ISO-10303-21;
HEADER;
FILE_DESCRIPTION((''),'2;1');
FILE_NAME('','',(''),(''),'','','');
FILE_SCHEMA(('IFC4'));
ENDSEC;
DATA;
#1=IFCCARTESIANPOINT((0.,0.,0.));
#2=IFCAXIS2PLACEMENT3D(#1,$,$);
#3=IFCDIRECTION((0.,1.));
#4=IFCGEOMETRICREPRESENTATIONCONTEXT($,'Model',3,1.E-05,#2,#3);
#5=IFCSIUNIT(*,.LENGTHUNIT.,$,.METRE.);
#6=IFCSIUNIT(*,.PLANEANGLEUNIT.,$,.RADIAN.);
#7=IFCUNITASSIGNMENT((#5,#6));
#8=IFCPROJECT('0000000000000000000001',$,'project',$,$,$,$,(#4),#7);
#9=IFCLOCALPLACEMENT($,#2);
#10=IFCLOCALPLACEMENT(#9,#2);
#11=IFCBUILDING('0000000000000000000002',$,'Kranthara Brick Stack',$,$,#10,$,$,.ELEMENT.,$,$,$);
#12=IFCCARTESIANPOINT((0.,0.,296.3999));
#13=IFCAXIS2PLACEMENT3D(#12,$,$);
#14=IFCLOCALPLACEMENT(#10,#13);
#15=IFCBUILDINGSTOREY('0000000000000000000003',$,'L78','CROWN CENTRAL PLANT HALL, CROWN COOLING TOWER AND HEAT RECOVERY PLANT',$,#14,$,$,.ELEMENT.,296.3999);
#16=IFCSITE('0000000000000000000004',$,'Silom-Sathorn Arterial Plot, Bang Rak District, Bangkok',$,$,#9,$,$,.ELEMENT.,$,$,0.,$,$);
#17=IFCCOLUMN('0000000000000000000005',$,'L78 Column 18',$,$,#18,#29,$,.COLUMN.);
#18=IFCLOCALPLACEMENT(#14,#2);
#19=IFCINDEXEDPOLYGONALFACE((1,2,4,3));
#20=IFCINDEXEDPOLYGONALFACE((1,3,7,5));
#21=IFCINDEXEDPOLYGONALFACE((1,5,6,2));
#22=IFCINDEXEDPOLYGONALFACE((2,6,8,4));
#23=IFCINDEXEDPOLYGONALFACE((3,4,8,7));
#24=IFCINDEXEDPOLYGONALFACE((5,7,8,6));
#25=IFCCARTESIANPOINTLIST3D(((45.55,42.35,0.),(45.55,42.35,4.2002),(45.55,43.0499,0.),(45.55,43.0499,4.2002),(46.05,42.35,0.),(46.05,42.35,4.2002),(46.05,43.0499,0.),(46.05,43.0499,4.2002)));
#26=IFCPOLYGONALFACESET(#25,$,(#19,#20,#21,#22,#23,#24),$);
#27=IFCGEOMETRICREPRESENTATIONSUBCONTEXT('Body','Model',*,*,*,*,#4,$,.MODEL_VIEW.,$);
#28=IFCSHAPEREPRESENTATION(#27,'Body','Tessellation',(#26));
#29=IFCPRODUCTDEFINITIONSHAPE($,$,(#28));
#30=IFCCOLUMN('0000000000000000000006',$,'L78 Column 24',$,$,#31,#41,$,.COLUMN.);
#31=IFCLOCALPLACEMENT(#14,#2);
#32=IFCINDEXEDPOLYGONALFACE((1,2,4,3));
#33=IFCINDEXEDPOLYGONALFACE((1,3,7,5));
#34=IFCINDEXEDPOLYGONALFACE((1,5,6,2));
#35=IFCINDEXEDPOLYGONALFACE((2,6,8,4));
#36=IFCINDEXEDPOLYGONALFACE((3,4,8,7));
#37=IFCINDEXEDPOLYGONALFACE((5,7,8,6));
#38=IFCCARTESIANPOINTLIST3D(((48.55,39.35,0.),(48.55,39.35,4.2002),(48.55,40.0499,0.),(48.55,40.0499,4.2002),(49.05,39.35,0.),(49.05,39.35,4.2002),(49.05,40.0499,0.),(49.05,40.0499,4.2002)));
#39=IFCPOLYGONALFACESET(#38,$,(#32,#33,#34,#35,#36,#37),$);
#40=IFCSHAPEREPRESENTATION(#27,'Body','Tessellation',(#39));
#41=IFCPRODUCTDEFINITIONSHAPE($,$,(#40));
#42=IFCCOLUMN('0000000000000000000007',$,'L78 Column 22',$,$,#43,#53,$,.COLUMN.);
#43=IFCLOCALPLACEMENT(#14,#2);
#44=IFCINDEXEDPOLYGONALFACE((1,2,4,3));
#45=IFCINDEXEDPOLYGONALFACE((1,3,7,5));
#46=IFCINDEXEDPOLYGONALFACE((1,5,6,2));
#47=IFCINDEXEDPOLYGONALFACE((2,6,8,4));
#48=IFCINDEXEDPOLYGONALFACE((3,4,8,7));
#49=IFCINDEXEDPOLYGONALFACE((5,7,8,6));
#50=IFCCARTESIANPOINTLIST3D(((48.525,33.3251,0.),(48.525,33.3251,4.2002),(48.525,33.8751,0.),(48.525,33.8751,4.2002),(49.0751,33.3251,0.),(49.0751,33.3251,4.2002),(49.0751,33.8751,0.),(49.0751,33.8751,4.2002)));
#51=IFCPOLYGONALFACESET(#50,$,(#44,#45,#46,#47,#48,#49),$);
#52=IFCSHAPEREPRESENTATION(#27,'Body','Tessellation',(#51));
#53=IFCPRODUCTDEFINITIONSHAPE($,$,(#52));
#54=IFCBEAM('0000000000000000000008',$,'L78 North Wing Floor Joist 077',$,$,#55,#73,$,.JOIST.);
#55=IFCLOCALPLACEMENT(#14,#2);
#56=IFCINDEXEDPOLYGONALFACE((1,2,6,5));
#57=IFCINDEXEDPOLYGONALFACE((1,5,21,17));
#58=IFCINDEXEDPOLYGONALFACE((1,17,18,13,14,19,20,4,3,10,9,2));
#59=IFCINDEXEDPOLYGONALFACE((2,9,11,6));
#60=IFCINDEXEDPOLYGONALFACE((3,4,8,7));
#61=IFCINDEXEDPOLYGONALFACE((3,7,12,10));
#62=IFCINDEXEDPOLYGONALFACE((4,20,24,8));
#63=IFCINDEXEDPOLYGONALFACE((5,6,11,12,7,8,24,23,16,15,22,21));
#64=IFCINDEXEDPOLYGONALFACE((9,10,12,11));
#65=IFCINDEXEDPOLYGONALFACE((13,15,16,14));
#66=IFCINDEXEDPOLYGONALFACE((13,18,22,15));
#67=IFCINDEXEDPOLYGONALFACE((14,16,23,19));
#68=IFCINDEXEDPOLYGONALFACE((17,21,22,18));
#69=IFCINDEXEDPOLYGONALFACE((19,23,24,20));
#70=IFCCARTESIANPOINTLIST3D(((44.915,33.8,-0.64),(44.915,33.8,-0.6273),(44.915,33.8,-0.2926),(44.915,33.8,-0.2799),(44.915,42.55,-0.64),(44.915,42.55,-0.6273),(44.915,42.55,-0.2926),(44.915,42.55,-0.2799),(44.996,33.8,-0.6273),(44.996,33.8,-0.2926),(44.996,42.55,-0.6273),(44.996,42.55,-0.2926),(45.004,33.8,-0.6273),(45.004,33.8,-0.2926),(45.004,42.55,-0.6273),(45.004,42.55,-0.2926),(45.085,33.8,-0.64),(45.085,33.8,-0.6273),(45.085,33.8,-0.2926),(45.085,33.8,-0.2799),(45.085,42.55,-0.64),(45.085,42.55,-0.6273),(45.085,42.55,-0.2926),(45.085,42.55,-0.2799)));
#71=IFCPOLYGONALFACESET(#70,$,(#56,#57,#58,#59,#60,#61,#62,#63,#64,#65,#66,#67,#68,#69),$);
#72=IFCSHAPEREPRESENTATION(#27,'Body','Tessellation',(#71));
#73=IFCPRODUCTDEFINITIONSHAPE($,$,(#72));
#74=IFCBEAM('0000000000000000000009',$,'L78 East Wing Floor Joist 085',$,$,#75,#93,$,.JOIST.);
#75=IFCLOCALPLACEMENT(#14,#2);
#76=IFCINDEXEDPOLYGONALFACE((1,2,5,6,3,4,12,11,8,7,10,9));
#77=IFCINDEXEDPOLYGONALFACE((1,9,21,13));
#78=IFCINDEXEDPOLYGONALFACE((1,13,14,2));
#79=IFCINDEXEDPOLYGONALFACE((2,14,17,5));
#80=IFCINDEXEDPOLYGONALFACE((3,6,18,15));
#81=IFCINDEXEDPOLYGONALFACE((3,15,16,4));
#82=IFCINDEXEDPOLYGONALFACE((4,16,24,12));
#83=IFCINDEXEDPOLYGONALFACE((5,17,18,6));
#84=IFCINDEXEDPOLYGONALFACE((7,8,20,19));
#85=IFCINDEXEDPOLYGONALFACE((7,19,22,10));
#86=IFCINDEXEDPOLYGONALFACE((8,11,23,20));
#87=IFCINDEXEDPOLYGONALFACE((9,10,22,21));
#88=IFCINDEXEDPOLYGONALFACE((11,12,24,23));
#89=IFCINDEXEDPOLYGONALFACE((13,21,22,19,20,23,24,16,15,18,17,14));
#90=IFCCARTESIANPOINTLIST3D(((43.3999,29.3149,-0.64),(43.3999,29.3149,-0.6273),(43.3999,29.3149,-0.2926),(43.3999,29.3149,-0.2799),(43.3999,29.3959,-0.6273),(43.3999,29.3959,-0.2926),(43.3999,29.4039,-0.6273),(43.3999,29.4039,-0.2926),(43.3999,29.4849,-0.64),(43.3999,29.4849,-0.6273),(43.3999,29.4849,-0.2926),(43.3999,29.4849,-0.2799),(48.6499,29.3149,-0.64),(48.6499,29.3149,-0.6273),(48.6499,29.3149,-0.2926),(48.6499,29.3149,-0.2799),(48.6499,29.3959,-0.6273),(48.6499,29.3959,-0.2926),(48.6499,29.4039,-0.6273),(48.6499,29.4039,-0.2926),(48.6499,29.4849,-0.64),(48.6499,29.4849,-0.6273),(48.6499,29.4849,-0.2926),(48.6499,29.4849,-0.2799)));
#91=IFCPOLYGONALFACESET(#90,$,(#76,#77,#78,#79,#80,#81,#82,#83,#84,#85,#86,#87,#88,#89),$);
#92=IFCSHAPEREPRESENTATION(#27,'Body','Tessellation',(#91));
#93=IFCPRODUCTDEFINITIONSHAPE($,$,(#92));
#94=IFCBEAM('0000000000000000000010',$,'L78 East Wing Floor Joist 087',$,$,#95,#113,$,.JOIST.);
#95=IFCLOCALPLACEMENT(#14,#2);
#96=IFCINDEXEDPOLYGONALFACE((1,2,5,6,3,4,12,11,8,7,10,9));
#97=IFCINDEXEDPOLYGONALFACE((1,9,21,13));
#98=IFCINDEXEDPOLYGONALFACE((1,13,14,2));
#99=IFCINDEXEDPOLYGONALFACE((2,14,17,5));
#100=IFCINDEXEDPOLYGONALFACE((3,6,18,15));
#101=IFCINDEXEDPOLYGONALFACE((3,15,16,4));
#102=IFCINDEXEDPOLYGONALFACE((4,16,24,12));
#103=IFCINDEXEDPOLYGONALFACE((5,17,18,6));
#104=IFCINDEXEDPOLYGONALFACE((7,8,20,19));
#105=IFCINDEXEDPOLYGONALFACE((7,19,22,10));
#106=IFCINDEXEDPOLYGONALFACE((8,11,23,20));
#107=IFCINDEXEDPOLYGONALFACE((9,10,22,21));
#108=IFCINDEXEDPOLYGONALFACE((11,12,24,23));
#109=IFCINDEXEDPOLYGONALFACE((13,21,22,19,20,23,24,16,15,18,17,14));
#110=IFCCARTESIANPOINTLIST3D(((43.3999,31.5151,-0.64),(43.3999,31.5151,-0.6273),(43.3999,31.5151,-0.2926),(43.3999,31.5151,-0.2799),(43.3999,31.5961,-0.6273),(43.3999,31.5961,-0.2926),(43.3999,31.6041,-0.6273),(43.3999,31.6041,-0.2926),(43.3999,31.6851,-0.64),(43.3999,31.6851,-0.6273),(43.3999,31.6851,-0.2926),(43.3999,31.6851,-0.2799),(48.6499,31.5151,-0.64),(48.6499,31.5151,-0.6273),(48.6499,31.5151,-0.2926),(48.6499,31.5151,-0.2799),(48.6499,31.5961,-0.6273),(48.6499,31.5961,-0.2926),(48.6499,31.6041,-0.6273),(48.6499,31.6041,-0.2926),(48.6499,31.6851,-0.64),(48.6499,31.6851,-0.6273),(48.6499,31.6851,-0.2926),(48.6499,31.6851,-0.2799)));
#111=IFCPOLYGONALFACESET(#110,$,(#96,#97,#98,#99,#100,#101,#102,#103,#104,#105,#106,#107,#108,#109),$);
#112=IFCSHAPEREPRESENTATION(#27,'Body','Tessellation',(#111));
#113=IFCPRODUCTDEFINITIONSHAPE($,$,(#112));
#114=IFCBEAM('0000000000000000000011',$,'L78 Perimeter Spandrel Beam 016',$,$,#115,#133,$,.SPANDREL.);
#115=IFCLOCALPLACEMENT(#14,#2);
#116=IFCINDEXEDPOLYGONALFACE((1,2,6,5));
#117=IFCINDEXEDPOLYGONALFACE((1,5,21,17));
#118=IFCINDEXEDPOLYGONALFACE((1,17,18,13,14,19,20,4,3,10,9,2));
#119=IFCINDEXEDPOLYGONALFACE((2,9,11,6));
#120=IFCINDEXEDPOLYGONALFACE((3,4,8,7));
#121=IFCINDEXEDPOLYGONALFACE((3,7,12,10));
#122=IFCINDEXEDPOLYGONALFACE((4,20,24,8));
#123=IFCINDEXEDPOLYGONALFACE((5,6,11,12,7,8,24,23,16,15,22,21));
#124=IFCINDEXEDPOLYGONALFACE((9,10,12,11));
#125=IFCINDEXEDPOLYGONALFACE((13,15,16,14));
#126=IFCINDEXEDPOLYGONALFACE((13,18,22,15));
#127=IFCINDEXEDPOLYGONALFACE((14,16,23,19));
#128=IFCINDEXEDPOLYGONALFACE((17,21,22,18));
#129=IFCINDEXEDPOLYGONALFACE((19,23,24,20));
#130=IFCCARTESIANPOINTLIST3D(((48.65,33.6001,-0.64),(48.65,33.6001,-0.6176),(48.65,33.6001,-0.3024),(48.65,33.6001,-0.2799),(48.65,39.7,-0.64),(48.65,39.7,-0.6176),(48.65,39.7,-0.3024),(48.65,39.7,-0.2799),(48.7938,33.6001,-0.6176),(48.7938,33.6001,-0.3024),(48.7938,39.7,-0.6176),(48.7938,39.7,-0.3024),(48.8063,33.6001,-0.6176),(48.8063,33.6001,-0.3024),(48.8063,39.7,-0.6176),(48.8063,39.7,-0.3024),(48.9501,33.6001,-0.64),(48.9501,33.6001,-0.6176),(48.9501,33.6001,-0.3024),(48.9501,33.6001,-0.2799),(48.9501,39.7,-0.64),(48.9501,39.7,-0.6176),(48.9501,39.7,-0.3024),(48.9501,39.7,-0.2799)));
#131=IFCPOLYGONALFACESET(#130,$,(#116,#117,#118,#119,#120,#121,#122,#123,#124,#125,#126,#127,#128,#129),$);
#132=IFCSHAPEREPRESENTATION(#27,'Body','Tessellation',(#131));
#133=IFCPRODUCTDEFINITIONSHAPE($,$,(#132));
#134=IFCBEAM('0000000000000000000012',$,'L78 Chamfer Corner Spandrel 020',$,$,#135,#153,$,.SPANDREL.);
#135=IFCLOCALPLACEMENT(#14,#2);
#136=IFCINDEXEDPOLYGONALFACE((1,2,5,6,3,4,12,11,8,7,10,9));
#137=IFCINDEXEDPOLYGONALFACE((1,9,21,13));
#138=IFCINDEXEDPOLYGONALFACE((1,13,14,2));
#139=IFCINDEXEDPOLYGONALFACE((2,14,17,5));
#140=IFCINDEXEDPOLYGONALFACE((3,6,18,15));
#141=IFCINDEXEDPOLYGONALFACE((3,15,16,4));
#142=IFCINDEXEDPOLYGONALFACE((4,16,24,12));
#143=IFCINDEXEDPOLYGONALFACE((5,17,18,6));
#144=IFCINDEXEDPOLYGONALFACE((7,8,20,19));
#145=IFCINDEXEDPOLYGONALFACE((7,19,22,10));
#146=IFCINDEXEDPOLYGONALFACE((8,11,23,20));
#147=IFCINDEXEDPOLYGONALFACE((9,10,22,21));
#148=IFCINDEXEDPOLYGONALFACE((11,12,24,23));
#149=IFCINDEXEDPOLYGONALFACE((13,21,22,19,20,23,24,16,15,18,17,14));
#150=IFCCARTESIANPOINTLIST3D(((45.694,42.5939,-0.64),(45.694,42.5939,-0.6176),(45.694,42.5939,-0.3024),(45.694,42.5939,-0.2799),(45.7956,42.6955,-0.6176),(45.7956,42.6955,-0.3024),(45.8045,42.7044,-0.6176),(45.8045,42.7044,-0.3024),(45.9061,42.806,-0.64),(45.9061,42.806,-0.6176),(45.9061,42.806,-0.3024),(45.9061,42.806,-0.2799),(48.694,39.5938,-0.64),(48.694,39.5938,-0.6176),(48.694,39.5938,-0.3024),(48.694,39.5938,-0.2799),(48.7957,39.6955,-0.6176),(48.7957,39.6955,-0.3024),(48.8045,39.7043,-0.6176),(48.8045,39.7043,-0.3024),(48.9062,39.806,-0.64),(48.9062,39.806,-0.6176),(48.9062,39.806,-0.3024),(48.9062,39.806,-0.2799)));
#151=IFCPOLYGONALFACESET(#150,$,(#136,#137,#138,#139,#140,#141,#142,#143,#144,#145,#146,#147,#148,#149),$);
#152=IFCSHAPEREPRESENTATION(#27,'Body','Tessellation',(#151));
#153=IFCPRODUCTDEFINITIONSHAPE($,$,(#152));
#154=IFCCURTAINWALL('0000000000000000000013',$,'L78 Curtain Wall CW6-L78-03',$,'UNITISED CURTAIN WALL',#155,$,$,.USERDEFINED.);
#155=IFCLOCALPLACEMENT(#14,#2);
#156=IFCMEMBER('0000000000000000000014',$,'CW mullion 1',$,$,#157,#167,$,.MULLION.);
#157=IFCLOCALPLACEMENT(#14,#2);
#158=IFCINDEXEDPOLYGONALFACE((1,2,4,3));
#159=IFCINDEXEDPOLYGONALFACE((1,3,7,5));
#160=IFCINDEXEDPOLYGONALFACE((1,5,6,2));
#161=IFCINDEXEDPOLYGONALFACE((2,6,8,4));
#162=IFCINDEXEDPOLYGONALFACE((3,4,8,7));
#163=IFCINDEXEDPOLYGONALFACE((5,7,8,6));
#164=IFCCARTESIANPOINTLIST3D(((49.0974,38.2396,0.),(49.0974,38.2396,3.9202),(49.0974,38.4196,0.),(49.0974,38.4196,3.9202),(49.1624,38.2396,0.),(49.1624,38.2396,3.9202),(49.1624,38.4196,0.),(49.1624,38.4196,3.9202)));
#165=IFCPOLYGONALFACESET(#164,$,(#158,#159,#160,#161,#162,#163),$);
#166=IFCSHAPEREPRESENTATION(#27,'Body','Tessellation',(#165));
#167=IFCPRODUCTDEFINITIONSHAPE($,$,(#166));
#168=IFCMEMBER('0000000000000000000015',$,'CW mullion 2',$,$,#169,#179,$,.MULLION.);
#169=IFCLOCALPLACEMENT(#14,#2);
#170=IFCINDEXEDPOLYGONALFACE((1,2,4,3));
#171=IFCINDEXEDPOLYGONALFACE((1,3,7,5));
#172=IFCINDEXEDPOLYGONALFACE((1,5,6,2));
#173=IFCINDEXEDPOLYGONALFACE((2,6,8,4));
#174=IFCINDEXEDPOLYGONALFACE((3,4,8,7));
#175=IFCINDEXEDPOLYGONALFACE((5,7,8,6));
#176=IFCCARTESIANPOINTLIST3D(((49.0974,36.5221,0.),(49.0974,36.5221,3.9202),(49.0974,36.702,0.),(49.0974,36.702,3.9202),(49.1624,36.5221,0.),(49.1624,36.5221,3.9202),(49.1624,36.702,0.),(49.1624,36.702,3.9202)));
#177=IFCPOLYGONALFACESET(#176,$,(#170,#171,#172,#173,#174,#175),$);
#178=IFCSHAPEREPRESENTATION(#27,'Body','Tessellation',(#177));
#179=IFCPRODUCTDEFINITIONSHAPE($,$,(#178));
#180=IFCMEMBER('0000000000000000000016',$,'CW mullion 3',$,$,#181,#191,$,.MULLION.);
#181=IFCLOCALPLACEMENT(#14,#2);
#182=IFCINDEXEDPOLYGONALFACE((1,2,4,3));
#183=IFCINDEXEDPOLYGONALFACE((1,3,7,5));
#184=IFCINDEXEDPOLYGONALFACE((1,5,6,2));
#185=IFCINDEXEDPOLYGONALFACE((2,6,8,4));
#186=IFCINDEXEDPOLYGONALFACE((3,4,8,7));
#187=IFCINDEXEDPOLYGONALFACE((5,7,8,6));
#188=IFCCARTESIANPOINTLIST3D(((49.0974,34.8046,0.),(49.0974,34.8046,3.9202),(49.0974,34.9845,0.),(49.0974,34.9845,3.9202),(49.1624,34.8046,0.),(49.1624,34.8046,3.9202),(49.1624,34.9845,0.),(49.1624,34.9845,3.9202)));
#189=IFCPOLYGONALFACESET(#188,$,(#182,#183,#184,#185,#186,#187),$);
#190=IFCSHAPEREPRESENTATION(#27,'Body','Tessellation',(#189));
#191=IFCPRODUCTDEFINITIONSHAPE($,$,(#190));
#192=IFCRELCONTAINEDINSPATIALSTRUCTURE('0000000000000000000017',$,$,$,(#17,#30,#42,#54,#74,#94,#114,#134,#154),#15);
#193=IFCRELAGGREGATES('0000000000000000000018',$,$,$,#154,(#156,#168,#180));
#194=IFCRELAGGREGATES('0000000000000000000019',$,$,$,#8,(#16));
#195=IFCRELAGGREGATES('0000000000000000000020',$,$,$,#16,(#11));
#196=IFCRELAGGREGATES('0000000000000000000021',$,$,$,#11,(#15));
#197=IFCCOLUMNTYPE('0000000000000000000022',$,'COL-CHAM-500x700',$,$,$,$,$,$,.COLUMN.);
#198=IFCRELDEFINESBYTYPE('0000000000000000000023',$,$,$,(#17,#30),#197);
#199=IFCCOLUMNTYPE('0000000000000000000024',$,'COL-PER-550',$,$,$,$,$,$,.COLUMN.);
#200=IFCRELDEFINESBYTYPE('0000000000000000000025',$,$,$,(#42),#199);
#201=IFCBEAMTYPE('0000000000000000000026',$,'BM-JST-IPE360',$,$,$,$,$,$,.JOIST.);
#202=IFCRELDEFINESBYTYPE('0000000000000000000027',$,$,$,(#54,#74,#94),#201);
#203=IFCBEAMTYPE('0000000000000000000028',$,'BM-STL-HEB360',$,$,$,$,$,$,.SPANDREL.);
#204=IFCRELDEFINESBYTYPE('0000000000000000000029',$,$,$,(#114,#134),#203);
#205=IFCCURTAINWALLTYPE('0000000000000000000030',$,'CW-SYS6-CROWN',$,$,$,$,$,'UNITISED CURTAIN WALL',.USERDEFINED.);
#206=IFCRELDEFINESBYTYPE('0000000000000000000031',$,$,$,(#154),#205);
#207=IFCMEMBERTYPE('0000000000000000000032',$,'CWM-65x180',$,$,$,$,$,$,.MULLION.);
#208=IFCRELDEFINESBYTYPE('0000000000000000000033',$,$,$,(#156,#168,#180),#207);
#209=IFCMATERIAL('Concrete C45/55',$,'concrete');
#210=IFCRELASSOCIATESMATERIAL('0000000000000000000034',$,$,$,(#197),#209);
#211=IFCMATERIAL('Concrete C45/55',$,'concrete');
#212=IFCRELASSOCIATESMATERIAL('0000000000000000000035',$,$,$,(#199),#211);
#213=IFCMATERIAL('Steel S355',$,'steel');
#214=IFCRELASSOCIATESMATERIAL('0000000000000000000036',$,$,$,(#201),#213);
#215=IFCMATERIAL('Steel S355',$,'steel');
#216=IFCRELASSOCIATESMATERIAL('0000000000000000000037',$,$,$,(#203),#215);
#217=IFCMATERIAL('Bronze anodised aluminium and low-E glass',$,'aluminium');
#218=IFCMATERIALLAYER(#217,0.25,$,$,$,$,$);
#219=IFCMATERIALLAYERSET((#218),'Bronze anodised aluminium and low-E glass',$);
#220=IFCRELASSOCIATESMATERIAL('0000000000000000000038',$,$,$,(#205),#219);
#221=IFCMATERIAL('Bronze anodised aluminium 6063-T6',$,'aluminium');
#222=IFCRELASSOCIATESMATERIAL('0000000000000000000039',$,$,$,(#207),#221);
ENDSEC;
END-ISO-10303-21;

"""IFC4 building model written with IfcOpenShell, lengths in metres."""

from ifc_helpers import new_model, si_unit, direction, frame, origin, origin_2d, place, context, subcontext, project, spatial, rectangle, i_section, extrude, material, layer, layer_set, material_profile, profile_set, type_object, element, aggregate, save


model = new_model("IFC4")

# Units and contexts
model_context = context("Model", 3, precision=1e-05, world=origin(), true_north=direction((0.0, 1.0)))
body_context = subcontext(model_context, "Body", "Model", "MODEL_VIEW")
ifc_project = project(units=[si_unit("LENGTHUNIT", "METRE"), si_unit("PLANEANGLEUNIT", "RADIAN")], contexts=[model_context])

# Site, building, storey
site_placement = place(None, origin())
site = spatial("IfcSite", under=ifc_project, at=site_placement, Name="Silom-Sathorn Arterial Plot, Bang Rak District, Bangkok", CompositionType="ELEMENT", RefElevation=0.0)
building_placement = place(site_placement, origin())
building = spatial("IfcBuilding", under=site, at=building_placement, Name="Kranthara Brick Stack", CompositionType="ELEMENT")
storey_placement = place(building_placement, frame((0.0, 0.0, 296.3999)))
storey = spatial("IfcBuildingStorey", under=building, at=storey_placement, Name="L78", Description="CROWN CENTRAL PLANT HALL, CROWN COOLING TOWER AND HEAT RECOVERY PLANT", CompositionType="ELEMENT", Elevation=296.3999)

# Columns
ifc_material_1 = material(Name="Concrete C45/55", Category="concrete")
ifc_material_profile_1 = material_profile(ifc_material_1, rectangle(XDim=0.5, YDim=0.7, at=origin_2d()), Name="RC 500x700")
ifc_profile_set_1 = profile_set([ifc_material_profile_1], Name="Concrete C45/55")
column_type_1 = type_object("IfcColumnType", Name="COL-CHAM-500x700", PredefinedType="COLUMN", material=ifc_profile_set_1)
for number, where, z_axis, x_axis, name in (
    (1, (45.8, 42.7, 0.0), (0.0, 0.0, 1.0), (1.0, 0.0, 0.0), "L78 Column 18"),
    (2, (48.8, 39.7, 0.0), (0.0, 0.0, 1.0), (1.0, 0.0, 0.0), "L78 Column 24"),
):
    element("IfcColumn", number, at=place(storey_placement, frame(where, z_axis=z_axis, x_axis=x_axis)), inside=storey, type_object=column_type_1, Name=name, PredefinedType="COLUMN", context=body_context, shape_type="SweptSolid", body=[
        extrude(rectangle(XDim=0.5, YDim=0.7, at=origin_2d()), origin(), (0.0, 0.0, 1.0), 4.2002),
    ])
ifc_material_2 = material(Name="Concrete C45/55", Category="concrete")
ifc_material_profile_2 = material_profile(ifc_material_2, rectangle(XDim=0.55, YDim=0.55, at=origin_2d()), Name="RC 550x550")
ifc_profile_set_2 = profile_set([ifc_material_profile_2], Name="Concrete C45/55")
column_type_2 = type_object("IfcColumnType", Name="COL-PER-550", PredefinedType="COLUMN", material=ifc_profile_set_2)
column_placement = place(storey_placement, frame((48.8, 33.6001, 0.0), z_axis=(0.0, 0.0, 1.0), x_axis=(1.0, 0.0, 0.0)))
element("IfcColumn", 3, at=column_placement, inside=storey, type_object=column_type_2, Name="L78 Column 22", PredefinedType="COLUMN", context=body_context, shape_type="SweptSolid", body=[
    extrude(rectangle(XDim=0.55, YDim=0.55, at=origin_2d()), origin(), (0.0, 0.0, 1.0), 4.2002),
])

# Beams
ifc_material_3 = material(Name="Steel S355", Category="steel")
ifc_material_profile_3 = material_profile(ifc_material_3, i_section(OverallWidth=0.1699, OverallDepth=0.3601, WebThickness=0.0081, FlangeThickness=0.0127, at=origin_2d()), Name="IPE 360")
ifc_profile_set_3 = profile_set([ifc_material_profile_3], Name="Steel S355")
beam_type_1 = type_object("IfcBeamType", Name="BM-JST-IPE360", PredefinedType="JOIST", material=ifc_profile_set_3)
beam_1_placement = place(storey_placement, frame((45.0, 33.8, -0.46), z_axis=(0.0, 1.0, 0.0), x_axis=(-1.0, 0.0, 0.0)))
element("IfcBeam", 4, at=beam_1_placement, inside=storey, type_object=beam_type_1, Name="L78 North Wing Floor Joist 077", PredefinedType="JOIST", context=body_context, shape_type="SweptSolid", body=[
    extrude(i_section(OverallWidth=0.1699, OverallDepth=0.3601, WebThickness=0.0081, FlangeThickness=0.0127, at=origin_2d()), origin(), (0.0, 0.0, 1.0), 8.75),
])
for number, where, z_axis, x_axis, name in (
    (5, (43.3999, 29.3999, -0.46), (1.0, 0.0, 0.0), (0.0, 1.0, 0.0), "L78 East Wing Floor Joist 085"),
    (6, (43.3999, 31.6001, -0.46), (1.0, 0.0, 0.0), (0.0, 1.0, 0.0), "L78 East Wing Floor Joist 087"),
):
    element("IfcBeam", number, at=place(storey_placement, frame(where, z_axis=z_axis, x_axis=x_axis)), inside=storey, type_object=beam_type_1, Name=name, PredefinedType="JOIST", context=body_context, shape_type="SweptSolid", body=[
        extrude(i_section(OverallWidth=0.1699, OverallDepth=0.3601, WebThickness=0.0081, FlangeThickness=0.0127, at=origin_2d()), origin(), (0.0, 0.0, 1.0), 5.25),
    ])
ifc_material_4 = material(Name="Steel S355", Category="steel")
ifc_material_profile_4 = material_profile(ifc_material_4, i_section(OverallWidth=0.3, OverallDepth=0.3601, WebThickness=0.0125, FlangeThickness=0.0225, at=origin_2d()), Name="HEB 360")
ifc_profile_set_4 = profile_set([ifc_material_profile_4], Name="Steel S355")
beam_type_2 = type_object("IfcBeamType", Name="BM-STL-HEB360", PredefinedType="SPANDREL", material=ifc_profile_set_4)
beam_2_placement = place(storey_placement, frame((48.8, 33.6001, -0.46), z_axis=(0.0, 1.0, 0.0), x_axis=(-1.0, 0.0, 0.0)))
element("IfcBeam", 7, at=beam_2_placement, inside=storey, type_object=beam_type_2, Name="L78 Perimeter Spandrel Beam 016", PredefinedType="SPANDREL", context=body_context, shape_type="SweptSolid", body=[
    extrude(i_section(OverallWidth=0.3, OverallDepth=0.3601, WebThickness=0.0125, FlangeThickness=0.0225, at=origin_2d()), origin(), (0.0, 0.0, 1.0), 6.0999),
])
beam_3_placement = place(storey_placement, frame((45.8, 42.7, -0.46), z_axis=(0.707107, -0.707107, 0.0), x_axis=(0.707107, 0.707107, 0.0)))
element("IfcBeam", 8, at=beam_3_placement, inside=storey, type_object=beam_type_2, Name="L78 Chamfer Corner Spandrel 020", PredefinedType="SPANDREL", context=body_context, shape_type="SweptSolid", body=[
    extrude(i_section(OverallWidth=0.3, OverallDepth=0.3601, WebThickness=0.0125, FlangeThickness=0.0225, at=origin_2d()), origin(), (0.0, 0.0, 1.0), 4.2427),
])

# Curtain wall, members
ifc_material_5 = material(Name="Bronze anodised aluminium and low-E glass", Category="aluminium")
ifc_layer_1 = layer(ifc_material_5, 0.25)
ifc_layer_set_1 = layer_set([ifc_layer_1], Name="Bronze anodised aluminium and low-E glass")
curtain_wall_type = type_object("IfcCurtainWallType", Name="CW-SYS6-CROWN", ElementType="UNITISED CURTAIN WALL", PredefinedType="USERDEFINED", material=ifc_layer_set_1)
curtain_wall_placement = place(storey_placement, origin())
curtain_wall = element("IfcCurtainWall", 9, at=curtain_wall_placement, inside=storey, type_object=curtain_wall_type, Name="L78 Curtain Wall CW6-L78-03", ObjectType="UNITISED CURTAIN WALL", PredefinedType="USERDEFINED")
ifc_material_6 = material(Name="Bronze anodised aluminium 6063-T6", Category="aluminium")
ifc_material_profile_5 = material_profile(ifc_material_6, rectangle(XDim=0.0649, YDim=0.1799, at=origin_2d()), Name="ALU MULLION 65x180")
ifc_profile_set_5 = profile_set([ifc_material_profile_5], Name="Bronze anodised aluminium 6063-T6")
member_type_1 = type_object("IfcMemberType", Name="CWM-65x180", PredefinedType="MULLION", material=ifc_profile_set_5)
member_1_placement = place(storey_placement, frame((49.1299, 38.3296, 0.0), z_axis=(0.0, 0.0, 1.0), x_axis=(1.0, 0.0, 0.0)))
member_1 = element("IfcMember", 10, at=member_1_placement, type_object=member_type_1, Name="CW mullion 1", PredefinedType="MULLION", context=body_context, shape_type="SweptSolid", body=[
    extrude(rectangle(XDim=0.0649, YDim=0.1799, at=origin_2d()), origin(), (0.0, 0.0, 1.0), 3.9202),
])
member_2_placement = place(storey_placement, frame((49.1299, 36.6121, 0.0), z_axis=(0.0, 0.0, 1.0), x_axis=(1.0, 0.0, 0.0)))
member_2 = element("IfcMember", 11, at=member_2_placement, type_object=member_type_1, Name="CW mullion 2", PredefinedType="MULLION", context=body_context, shape_type="SweptSolid", body=[
    extrude(rectangle(XDim=0.0649, YDim=0.1799, at=origin_2d()), origin(), (0.0, 0.0, 1.0), 3.9202),
])
member_3_placement = place(storey_placement, frame((49.1299, 34.8945, 0.0), z_axis=(0.0, 0.0, 1.0), x_axis=(1.0, 0.0, 0.0)))
member_3 = element("IfcMember", 12, at=member_3_placement, type_object=member_type_1, Name="CW mullion 3", PredefinedType="MULLION", context=body_context, shape_type="SweptSolid", body=[
    extrude(rectangle(XDim=0.0649, YDim=0.1799, at=origin_2d()), origin(), (0.0, 0.0, 1.0), 3.9202),
])
aggregate(curtain_wall, [member_1, member_2, member_3])

save(model, "model.ifc")
